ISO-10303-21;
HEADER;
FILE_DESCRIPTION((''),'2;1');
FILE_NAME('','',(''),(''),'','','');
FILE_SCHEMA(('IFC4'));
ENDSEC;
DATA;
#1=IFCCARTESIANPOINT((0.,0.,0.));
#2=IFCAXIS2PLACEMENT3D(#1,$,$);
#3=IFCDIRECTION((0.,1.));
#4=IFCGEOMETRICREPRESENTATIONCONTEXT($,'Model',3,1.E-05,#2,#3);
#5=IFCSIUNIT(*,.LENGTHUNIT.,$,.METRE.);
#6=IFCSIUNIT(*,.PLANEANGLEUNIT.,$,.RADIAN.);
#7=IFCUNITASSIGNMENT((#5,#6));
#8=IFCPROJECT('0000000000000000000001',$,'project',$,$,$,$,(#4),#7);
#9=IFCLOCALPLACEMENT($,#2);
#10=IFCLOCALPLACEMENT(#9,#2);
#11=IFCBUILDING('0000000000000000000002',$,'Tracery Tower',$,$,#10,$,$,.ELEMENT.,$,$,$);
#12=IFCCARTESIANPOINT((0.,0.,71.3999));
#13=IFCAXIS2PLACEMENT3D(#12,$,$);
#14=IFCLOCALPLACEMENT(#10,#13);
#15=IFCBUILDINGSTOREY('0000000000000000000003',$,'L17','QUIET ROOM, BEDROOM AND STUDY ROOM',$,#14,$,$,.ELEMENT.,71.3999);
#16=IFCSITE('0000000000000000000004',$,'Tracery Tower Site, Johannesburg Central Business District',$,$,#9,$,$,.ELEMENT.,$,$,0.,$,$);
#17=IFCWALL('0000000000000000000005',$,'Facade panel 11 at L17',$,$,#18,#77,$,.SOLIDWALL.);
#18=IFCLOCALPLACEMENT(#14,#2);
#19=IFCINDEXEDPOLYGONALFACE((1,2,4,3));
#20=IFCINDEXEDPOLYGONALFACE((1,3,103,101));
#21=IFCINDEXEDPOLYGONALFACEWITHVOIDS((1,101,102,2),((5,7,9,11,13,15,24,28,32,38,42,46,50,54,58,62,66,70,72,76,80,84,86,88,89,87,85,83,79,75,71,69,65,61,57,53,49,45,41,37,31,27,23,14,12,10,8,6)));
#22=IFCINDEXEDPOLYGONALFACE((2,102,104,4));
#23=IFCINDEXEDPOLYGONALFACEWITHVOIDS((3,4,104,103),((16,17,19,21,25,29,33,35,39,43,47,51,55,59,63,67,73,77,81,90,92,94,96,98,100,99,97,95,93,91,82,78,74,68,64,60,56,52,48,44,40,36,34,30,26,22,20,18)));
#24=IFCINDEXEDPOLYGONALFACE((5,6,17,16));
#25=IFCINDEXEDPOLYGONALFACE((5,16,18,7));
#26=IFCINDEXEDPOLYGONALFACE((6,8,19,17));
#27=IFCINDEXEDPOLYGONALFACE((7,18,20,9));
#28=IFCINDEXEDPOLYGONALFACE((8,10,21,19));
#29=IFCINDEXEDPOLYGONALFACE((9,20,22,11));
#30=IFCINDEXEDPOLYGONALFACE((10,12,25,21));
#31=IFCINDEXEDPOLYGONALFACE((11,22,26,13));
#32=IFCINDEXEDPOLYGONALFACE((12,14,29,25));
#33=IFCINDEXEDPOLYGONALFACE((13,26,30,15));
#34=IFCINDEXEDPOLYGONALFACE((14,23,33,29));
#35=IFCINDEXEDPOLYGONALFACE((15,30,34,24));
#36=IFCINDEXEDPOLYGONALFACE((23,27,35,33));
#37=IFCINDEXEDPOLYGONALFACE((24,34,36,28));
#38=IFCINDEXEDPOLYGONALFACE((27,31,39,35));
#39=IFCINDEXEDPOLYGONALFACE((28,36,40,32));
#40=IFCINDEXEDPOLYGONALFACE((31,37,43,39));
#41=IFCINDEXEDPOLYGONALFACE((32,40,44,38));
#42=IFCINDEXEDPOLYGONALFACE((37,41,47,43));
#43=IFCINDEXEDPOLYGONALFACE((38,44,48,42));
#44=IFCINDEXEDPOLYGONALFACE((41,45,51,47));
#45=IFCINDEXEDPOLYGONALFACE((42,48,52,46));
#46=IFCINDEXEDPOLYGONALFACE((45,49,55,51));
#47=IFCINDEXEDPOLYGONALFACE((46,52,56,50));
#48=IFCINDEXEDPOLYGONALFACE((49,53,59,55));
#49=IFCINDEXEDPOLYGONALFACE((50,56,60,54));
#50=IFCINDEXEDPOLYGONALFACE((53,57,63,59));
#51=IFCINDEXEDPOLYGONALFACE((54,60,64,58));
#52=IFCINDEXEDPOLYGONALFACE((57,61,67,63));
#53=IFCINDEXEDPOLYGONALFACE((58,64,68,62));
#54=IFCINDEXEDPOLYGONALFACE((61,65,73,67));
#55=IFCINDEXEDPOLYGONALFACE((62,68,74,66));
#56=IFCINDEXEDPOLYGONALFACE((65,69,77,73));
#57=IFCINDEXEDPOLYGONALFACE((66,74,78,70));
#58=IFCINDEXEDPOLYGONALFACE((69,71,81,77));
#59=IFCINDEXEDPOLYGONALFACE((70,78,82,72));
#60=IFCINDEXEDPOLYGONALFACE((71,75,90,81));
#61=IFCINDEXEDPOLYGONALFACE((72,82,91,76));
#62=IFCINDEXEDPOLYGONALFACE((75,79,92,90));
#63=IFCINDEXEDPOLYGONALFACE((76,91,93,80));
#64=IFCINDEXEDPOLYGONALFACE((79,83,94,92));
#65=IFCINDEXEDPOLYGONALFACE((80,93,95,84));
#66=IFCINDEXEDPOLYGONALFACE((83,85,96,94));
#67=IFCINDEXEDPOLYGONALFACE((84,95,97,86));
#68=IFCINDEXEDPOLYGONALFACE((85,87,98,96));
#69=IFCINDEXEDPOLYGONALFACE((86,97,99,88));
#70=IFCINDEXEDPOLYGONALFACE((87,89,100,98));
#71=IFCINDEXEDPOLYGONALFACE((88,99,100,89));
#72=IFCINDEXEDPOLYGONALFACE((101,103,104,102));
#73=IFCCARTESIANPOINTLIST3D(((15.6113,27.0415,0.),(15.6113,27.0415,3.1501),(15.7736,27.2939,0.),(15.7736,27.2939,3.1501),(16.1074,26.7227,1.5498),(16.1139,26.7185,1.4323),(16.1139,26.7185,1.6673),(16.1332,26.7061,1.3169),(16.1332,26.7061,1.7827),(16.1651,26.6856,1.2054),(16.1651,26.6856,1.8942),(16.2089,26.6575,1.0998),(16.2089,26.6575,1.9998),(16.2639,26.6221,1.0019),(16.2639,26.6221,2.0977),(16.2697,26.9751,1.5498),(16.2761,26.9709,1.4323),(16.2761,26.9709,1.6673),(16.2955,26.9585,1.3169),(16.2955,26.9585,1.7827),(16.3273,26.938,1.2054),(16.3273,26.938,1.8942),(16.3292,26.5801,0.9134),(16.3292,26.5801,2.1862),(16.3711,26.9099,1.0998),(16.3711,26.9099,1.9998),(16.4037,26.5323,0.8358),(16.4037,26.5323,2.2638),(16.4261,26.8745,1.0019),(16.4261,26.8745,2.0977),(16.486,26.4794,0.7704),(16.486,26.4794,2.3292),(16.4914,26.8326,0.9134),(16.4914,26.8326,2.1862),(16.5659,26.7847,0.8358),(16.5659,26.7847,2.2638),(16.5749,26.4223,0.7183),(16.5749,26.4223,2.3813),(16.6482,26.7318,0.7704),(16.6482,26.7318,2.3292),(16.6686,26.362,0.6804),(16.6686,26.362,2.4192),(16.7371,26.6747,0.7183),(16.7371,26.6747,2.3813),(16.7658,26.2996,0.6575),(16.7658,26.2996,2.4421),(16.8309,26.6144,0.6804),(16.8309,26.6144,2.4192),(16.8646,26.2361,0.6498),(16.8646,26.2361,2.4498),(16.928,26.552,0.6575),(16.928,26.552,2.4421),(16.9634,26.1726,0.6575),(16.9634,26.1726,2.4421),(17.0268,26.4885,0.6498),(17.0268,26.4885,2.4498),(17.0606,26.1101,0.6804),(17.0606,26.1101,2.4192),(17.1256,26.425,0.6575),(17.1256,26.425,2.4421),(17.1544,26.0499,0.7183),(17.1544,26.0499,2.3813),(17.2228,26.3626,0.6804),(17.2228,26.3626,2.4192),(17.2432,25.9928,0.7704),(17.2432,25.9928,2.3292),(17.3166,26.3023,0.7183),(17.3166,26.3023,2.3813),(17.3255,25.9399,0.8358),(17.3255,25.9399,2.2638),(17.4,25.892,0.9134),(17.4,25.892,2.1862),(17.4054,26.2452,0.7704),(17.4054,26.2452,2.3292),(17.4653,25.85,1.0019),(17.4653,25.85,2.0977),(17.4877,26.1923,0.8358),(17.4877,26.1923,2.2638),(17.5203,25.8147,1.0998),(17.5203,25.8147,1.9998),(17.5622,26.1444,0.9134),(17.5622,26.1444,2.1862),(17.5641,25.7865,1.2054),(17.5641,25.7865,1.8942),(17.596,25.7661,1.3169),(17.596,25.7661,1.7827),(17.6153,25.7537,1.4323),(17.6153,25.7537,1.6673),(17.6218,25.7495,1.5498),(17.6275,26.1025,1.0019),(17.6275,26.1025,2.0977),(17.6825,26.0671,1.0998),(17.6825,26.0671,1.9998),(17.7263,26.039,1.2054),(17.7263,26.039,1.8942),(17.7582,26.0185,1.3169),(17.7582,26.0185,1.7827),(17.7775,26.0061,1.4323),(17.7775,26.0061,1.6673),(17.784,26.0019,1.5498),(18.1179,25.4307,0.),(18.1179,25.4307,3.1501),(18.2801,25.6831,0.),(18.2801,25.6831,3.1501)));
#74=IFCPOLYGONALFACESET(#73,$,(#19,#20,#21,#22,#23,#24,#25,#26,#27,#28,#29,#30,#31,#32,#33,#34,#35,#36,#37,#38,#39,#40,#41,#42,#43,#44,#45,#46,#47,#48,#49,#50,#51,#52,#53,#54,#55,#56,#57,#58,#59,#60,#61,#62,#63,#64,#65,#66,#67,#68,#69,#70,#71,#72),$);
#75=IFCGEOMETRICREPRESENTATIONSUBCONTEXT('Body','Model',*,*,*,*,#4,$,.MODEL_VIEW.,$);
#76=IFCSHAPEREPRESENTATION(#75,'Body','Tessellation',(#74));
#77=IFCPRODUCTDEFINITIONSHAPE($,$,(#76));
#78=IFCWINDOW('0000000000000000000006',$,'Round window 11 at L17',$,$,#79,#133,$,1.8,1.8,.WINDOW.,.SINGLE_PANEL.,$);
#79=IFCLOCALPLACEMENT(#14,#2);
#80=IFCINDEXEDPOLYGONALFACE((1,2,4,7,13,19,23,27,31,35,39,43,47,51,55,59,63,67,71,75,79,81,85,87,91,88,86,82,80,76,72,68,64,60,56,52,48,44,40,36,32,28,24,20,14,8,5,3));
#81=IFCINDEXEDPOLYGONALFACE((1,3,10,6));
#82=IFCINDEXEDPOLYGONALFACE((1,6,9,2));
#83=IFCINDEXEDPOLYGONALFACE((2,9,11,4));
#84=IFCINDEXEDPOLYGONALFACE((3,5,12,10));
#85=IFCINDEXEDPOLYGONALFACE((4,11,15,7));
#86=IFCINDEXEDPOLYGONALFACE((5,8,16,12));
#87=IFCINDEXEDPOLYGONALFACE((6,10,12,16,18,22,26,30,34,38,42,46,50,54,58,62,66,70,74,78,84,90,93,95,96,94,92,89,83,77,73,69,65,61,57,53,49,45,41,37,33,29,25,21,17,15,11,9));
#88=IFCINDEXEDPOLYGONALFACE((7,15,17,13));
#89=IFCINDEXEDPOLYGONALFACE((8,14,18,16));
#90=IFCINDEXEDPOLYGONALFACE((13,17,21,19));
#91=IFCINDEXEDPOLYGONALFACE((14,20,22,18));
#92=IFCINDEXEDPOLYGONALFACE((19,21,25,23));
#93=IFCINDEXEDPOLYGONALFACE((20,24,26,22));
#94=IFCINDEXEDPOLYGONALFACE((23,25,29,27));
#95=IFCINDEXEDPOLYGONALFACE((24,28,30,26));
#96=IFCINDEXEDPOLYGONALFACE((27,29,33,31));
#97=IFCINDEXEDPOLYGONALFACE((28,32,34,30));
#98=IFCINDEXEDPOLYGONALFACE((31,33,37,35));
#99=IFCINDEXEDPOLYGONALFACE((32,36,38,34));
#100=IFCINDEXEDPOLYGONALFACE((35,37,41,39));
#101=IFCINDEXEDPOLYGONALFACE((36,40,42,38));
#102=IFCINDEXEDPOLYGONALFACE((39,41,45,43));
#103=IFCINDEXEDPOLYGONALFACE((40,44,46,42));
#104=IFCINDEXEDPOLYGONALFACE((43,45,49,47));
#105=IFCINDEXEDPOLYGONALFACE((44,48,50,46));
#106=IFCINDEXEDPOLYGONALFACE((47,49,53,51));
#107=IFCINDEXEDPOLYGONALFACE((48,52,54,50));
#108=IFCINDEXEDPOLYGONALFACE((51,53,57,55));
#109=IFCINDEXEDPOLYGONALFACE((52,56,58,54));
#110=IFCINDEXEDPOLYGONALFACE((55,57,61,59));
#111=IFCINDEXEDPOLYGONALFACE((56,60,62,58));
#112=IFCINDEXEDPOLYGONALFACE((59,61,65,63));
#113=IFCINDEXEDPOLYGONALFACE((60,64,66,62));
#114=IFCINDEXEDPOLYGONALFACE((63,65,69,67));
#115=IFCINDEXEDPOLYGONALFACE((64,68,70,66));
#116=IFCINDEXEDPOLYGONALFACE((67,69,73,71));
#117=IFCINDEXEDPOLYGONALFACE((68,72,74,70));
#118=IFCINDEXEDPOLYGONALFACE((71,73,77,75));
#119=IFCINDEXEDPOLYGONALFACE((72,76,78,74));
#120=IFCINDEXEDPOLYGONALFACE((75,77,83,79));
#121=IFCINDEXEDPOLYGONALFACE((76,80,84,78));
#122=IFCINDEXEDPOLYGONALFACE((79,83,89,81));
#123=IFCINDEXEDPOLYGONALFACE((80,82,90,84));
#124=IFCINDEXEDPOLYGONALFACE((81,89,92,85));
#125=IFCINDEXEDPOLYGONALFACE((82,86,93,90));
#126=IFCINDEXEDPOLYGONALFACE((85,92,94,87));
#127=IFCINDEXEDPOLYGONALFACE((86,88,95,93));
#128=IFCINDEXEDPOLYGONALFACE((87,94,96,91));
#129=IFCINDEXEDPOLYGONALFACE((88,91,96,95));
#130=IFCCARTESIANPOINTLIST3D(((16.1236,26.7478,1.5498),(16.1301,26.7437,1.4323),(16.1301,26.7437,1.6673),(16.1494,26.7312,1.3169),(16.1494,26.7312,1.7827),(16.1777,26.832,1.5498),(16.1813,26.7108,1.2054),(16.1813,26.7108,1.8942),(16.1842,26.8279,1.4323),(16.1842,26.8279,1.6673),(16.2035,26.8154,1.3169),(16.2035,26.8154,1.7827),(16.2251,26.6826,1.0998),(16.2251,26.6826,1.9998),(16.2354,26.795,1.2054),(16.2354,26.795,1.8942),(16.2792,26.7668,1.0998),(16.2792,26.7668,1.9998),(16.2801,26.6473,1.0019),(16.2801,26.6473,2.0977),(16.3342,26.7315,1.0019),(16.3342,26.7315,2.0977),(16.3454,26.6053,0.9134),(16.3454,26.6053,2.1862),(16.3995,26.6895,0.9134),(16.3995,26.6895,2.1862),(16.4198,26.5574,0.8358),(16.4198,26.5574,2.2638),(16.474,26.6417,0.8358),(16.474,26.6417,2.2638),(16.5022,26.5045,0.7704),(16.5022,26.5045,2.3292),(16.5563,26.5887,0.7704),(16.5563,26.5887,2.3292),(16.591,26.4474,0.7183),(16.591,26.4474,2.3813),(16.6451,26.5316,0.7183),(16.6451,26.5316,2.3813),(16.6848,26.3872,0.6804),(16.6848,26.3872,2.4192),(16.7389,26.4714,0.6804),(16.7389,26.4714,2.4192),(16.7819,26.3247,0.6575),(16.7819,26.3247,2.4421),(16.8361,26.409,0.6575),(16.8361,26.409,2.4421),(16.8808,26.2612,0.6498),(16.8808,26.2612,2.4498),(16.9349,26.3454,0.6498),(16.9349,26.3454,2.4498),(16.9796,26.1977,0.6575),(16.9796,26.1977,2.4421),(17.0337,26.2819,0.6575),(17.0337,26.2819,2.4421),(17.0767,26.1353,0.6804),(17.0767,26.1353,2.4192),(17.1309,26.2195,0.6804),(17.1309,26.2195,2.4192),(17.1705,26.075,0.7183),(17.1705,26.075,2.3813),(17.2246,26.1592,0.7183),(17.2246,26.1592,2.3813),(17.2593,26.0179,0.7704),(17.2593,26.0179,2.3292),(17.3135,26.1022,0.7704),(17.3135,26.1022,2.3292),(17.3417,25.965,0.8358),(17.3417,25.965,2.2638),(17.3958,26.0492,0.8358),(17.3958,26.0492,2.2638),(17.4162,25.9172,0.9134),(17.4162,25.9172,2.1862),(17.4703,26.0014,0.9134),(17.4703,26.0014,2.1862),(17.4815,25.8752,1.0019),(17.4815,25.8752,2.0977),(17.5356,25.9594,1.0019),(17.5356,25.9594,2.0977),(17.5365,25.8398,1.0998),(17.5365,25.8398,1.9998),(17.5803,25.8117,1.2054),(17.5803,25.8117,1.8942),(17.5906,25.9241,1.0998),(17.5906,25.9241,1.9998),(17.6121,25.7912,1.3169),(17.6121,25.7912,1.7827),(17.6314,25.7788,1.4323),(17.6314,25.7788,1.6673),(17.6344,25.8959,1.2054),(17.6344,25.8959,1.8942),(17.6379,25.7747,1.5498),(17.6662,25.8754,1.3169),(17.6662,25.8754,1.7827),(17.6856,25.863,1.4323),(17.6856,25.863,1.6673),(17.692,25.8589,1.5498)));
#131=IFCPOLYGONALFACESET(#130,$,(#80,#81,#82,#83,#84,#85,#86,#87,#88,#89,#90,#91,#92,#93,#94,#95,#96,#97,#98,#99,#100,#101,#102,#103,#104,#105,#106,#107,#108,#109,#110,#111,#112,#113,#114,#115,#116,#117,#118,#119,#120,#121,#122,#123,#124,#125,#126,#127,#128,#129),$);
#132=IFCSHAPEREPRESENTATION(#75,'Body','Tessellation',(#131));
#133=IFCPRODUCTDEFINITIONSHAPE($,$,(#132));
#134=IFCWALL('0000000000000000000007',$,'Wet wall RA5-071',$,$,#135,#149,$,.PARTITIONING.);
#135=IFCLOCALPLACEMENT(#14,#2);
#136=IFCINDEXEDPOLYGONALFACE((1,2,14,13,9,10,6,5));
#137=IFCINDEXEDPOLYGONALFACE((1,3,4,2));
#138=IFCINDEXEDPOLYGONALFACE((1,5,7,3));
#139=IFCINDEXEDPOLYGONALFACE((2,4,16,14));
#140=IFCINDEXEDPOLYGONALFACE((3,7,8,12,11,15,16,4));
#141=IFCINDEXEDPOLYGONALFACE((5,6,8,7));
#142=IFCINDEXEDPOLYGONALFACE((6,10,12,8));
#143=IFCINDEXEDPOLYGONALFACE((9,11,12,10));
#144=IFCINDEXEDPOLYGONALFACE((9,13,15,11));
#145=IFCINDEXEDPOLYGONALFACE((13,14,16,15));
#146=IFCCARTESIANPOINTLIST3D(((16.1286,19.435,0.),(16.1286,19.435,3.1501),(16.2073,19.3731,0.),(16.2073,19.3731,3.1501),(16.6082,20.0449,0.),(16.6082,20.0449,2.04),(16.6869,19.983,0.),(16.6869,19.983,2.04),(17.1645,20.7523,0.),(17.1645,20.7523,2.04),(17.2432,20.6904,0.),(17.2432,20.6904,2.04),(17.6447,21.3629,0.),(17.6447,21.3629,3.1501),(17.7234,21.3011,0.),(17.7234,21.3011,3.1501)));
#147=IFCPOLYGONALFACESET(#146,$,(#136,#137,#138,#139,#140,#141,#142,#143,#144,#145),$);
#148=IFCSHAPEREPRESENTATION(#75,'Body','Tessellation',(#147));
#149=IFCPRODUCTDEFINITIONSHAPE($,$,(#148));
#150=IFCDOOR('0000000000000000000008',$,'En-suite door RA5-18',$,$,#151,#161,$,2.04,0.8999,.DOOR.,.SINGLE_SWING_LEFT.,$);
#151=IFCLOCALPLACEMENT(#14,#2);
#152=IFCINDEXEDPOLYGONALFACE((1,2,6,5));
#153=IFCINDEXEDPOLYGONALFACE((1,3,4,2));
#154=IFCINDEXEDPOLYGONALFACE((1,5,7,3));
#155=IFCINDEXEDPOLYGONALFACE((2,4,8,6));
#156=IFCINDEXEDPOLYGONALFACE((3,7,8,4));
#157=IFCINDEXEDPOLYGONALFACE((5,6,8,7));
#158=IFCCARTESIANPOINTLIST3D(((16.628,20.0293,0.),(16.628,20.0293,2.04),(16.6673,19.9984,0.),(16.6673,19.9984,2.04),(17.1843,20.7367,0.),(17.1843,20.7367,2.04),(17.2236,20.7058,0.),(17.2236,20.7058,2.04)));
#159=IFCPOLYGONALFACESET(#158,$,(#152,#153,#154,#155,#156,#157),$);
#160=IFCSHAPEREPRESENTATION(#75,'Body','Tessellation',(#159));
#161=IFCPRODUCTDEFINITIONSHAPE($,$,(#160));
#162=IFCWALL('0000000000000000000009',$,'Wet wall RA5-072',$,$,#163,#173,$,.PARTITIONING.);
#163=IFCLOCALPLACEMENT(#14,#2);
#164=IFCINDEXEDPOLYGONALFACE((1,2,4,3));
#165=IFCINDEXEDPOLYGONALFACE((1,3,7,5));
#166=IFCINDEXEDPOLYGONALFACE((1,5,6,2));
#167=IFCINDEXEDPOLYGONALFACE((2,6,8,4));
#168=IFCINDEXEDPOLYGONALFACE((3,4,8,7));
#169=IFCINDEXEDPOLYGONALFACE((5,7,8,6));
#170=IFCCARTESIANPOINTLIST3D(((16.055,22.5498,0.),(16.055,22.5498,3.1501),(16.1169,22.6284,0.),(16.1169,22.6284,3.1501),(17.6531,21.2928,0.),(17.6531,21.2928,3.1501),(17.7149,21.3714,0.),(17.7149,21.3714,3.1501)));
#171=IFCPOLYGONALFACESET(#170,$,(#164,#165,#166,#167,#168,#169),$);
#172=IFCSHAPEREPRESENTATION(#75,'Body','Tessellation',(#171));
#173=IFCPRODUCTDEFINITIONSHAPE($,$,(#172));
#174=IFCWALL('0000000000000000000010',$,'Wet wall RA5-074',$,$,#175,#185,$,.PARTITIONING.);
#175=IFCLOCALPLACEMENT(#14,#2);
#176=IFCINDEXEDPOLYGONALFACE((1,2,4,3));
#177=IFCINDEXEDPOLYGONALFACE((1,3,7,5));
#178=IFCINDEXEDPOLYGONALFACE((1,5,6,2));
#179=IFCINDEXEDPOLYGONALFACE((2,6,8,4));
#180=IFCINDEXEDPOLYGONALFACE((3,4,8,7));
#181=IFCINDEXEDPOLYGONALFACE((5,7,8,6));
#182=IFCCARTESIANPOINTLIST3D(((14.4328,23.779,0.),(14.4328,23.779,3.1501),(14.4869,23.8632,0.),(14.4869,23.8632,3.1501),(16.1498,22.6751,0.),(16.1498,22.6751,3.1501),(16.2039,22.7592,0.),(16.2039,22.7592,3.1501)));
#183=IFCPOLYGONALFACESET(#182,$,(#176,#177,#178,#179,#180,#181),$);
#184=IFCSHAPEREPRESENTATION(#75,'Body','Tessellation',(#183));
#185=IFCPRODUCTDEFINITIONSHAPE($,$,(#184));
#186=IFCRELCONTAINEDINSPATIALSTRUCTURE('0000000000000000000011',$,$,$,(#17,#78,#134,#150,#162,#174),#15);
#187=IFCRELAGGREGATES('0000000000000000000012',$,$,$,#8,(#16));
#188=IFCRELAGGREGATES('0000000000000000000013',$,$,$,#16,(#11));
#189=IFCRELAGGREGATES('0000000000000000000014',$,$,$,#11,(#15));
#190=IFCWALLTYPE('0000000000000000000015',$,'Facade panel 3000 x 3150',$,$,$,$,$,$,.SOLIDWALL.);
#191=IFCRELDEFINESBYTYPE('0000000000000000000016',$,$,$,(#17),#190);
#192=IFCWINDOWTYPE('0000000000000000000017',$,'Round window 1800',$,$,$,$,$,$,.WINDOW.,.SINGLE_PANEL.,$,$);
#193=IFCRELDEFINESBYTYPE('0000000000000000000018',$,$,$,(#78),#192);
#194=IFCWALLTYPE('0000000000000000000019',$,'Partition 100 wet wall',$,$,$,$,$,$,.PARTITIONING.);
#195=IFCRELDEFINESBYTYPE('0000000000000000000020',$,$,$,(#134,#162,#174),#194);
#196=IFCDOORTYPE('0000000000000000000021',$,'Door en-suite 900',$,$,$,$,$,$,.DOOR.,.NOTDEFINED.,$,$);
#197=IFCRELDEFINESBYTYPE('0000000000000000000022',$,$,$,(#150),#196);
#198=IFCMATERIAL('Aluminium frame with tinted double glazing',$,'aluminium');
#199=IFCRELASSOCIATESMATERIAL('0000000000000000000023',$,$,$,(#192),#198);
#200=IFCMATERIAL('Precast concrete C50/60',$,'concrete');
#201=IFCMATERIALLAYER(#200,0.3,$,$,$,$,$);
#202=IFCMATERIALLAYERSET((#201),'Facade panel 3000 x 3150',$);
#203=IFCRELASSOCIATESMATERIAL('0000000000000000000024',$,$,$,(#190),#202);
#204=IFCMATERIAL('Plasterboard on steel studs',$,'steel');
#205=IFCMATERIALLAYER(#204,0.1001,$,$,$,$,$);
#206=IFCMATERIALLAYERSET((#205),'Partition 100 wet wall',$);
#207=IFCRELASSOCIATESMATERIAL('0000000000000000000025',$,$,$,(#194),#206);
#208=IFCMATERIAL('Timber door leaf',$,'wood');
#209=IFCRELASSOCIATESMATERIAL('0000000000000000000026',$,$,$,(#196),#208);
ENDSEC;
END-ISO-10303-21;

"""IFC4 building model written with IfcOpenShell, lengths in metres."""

from ifc_helpers import new_model, si_unit, direction, frame, frame_2d, origin, origin_2d, place, context, subcontext, project, spatial, rectangle, circle, extrude, material, layer, layer_set, type_object, element, fill, save


model = new_model("IFC4")

# Units and contexts
model_context = context("Model", 3, precision=1e-05, world=origin(), true_north=direction((0.0, 1.0)))
body_context = subcontext(model_context, "Body", "Model", "MODEL_VIEW")
ifc_project = project(units=[si_unit("LENGTHUNIT", "METRE"), si_unit("PLANEANGLEUNIT", "RADIAN")], contexts=[model_context])

# Site, building, storey
site_placement = place(None, origin())
site = spatial("IfcSite", under=ifc_project, at=site_placement, Name="Tracery Tower Site, Johannesburg Central Business District", CompositionType="ELEMENT", RefElevation=0.0)
building_placement = place(site_placement, origin())
building = spatial("IfcBuilding", under=site, at=building_placement, Name="Tracery Tower", CompositionType="ELEMENT")
storey_placement = place(building_placement, frame((0.0, 0.0, 71.3999)))
storey = spatial("IfcBuildingStorey", under=building, at=storey_placement, Name="L17", Description="QUIET ROOM, BEDROOM AND STUDY ROOM", CompositionType="ELEMENT", Elevation=71.3999)

# Wall, opening, window
ifc_material_1 = material(Name="Aluminium frame with tinted double glazing", Category="aluminium")
window_type = type_object("IfcWindowType", Name="Round window 1800", PartitioningType="SINGLE_PANEL", PredefinedType="WINDOW", material=ifc_material_1)
ifc_material_2 = material(Name="Precast concrete C50/60", Category="concrete")
ifc_layer_1 = layer(ifc_material_2, 0.3)
ifc_layer_set_1 = layer_set([ifc_layer_1], Name="Facade panel 3000 x 3150")
wall_type_1 = type_object("IfcWallType", Name="Facade panel 3000 x 3150", PredefinedType="SOLIDWALL", material=ifc_layer_set_1)
wall_1_placement = place(storey_placement, frame((18.199, 25.5569, 0.0), z_axis=(0.0, 0.0, 1.0), x_axis=(-0.841261, 0.540629, 0.0)))
wall_1 = element("IfcWall", 1, at=wall_1_placement, inside=storey, type_object=wall_type_1, Name="Facade panel 11 at L17", PredefinedType="SOLIDWALL", context=body_context, shape_type="SweptSolid", body=[
    extrude(rectangle(XDim=2.9795, YDim=0.3, at=frame_2d((1.4897, 0.0))), origin(), (0.0, 0.0, 1.0), 3.1501),
])
opening_1_placement = place(wall_1_placement, frame((1.4897, 0.0, 1.5498)))
opening_1 = element("IfcOpeningElement", 2, at=opening_1_placement, cuts=wall_1, PredefinedType="OPENING", context=body_context, shape_type="SweptSolid", body=[
    extrude(circle(Radius=0.9, at=origin_2d()), frame((0.0, 0.1599, 0.0), z_axis=(0.0, -1.0, 0.0), x_axis=(1.0, 0.0, 0.0)), (0.0, 0.0, 1.0), 0.3201),
])
window_1_placement = place(opening_1_placement, origin())
window_1 = element("IfcWindow", 3, at=window_1_placement, inside=storey, type_object=window_type, Name="Round window 11 at L17", OverallHeight=1.8, OverallWidth=1.8, PartitioningType="SINGLE_PANEL", PredefinedType="WINDOW", context=body_context, shape_type="SweptSolid", body=[
    extrude(circle(Radius=0.9, at=origin_2d()), frame((0.0, 0.1201, 0.0), z_axis=(0.0, -1.0, 0.0), x_axis=(1.0, 0.0, 0.0)), (0.0, 0.0, 1.0), 0.1001),
])
fill(opening_1, window_1)

# Wall, opening, door
ifc_material_3 = material(Name="Plasterboard on steel studs", Category="steel")
ifc_layer_2 = layer(ifc_material_3, 0.1001)
ifc_layer_set_2 = layer_set([ifc_layer_2], Name="Partition 100 wet wall")
wall_type_2 = type_object("IfcWallType", Name="Partition 100 wet wall", PredefinedType="PARTITIONING", material=ifc_layer_set_2)
wall_2_placement = place(storey_placement, frame((16.168, 19.4041, 0.0), z_axis=(0.0, 0.0, 1.0), x_axis=(0.618142, 0.786066, 0.0)))
wall_2 = element("IfcWall", 4, at=wall_2_placement, inside=storey, type_object=wall_type_2, Name="Wet wall RA5-071", PredefinedType="PARTITIONING", context=body_context, shape_type="SweptSolid", body=[
    extrude(rectangle(XDim=2.4526, YDim=0.1001, at=frame_2d((1.2263, 0.0))), origin(), (0.0, 0.0, 1.0), 3.1501),
])
opening_2_placement = place(wall_2_placement, frame((0.7759, 0.0, 0.0)))
opening_2 = element("IfcOpeningElement", 5, at=opening_2_placement, cuts=wall_2, PredefinedType="OPENING", context=body_context, shape_type="SweptSolid", body=[
    extrude(rectangle(XDim=0.8999, YDim=2.04, at=frame_2d((0.45, 1.02))), frame((0.0, 0.05, 0.0), z_axis=(0.0, -1.0, 0.0), x_axis=(1.0, 0.0, 0.0)), (0.0, 0.0, 1.0), 0.1001),
])
ifc_material_4 = material(Name="Timber door leaf", Category="wood")
door_type_1 = type_object("IfcDoorType", Name="Door en-suite 900", OperationType="NOTDEFINED", PredefinedType="DOOR", material=ifc_material_4)
door_1_placement = place(opening_2_placement, origin())
door_1 = element("IfcDoor", 6, at=door_1_placement, inside=storey, type_object=door_type_1, Name="En-suite door RA5-18", OperationType="SINGLE_SWING_LEFT", OverallHeight=2.04, OverallWidth=0.8999, PredefinedType="DOOR", context=body_context, shape_type="SweptSolid", body=[
    extrude(rectangle(XDim=0.8999, YDim=2.04, at=frame_2d((0.45, 1.02))), frame((0.0, 0.0249, 0.0), z_axis=(0.0, -1.0, 0.0), x_axis=(1.0, 0.0, 0.0)), (0.0, 0.0, 1.0), 0.05),
])
fill(opening_2, door_1)

# Walls
wall_3_placement = place(storey_placement, frame((16.0859, 22.5891, 0.0), z_axis=(0.0, 0.0, 1.0), x_axis=(0.785985, -0.618246, 0.0)))
element("IfcWall", 7, at=wall_3_placement, inside=storey, type_object=wall_type_2, Name="Wet wall RA5-072", PredefinedType="PARTITIONING", context=body_context, shape_type="SweptSolid", body=[
    extrude(rectangle(XDim=2.0332, YDim=0.1001, at=frame_2d((1.0166, 0.0))), origin(), (0.0, 0.0, 1.0), 3.1501),
])
wall_4_placement = place(storey_placement, frame((14.46, 23.821, 0.0), z_axis=(0.0, 0.0, 1.0), x_axis=(0.841136, -0.540824, 0.0)))
element("IfcWall", 8, at=wall_4_placement, inside=storey, type_object=wall_type_2, Name="Wet wall RA5-074", PredefinedType="PARTITIONING", context=body_context, shape_type="SweptSolid", body=[
    extrude(rectangle(XDim=2.0413, YDim=0.1001, at=frame_2d((1.0205, 0.0))), origin(), (0.0, 0.0, 1.0), 3.1501),
])

save(model, "model.ifc")
